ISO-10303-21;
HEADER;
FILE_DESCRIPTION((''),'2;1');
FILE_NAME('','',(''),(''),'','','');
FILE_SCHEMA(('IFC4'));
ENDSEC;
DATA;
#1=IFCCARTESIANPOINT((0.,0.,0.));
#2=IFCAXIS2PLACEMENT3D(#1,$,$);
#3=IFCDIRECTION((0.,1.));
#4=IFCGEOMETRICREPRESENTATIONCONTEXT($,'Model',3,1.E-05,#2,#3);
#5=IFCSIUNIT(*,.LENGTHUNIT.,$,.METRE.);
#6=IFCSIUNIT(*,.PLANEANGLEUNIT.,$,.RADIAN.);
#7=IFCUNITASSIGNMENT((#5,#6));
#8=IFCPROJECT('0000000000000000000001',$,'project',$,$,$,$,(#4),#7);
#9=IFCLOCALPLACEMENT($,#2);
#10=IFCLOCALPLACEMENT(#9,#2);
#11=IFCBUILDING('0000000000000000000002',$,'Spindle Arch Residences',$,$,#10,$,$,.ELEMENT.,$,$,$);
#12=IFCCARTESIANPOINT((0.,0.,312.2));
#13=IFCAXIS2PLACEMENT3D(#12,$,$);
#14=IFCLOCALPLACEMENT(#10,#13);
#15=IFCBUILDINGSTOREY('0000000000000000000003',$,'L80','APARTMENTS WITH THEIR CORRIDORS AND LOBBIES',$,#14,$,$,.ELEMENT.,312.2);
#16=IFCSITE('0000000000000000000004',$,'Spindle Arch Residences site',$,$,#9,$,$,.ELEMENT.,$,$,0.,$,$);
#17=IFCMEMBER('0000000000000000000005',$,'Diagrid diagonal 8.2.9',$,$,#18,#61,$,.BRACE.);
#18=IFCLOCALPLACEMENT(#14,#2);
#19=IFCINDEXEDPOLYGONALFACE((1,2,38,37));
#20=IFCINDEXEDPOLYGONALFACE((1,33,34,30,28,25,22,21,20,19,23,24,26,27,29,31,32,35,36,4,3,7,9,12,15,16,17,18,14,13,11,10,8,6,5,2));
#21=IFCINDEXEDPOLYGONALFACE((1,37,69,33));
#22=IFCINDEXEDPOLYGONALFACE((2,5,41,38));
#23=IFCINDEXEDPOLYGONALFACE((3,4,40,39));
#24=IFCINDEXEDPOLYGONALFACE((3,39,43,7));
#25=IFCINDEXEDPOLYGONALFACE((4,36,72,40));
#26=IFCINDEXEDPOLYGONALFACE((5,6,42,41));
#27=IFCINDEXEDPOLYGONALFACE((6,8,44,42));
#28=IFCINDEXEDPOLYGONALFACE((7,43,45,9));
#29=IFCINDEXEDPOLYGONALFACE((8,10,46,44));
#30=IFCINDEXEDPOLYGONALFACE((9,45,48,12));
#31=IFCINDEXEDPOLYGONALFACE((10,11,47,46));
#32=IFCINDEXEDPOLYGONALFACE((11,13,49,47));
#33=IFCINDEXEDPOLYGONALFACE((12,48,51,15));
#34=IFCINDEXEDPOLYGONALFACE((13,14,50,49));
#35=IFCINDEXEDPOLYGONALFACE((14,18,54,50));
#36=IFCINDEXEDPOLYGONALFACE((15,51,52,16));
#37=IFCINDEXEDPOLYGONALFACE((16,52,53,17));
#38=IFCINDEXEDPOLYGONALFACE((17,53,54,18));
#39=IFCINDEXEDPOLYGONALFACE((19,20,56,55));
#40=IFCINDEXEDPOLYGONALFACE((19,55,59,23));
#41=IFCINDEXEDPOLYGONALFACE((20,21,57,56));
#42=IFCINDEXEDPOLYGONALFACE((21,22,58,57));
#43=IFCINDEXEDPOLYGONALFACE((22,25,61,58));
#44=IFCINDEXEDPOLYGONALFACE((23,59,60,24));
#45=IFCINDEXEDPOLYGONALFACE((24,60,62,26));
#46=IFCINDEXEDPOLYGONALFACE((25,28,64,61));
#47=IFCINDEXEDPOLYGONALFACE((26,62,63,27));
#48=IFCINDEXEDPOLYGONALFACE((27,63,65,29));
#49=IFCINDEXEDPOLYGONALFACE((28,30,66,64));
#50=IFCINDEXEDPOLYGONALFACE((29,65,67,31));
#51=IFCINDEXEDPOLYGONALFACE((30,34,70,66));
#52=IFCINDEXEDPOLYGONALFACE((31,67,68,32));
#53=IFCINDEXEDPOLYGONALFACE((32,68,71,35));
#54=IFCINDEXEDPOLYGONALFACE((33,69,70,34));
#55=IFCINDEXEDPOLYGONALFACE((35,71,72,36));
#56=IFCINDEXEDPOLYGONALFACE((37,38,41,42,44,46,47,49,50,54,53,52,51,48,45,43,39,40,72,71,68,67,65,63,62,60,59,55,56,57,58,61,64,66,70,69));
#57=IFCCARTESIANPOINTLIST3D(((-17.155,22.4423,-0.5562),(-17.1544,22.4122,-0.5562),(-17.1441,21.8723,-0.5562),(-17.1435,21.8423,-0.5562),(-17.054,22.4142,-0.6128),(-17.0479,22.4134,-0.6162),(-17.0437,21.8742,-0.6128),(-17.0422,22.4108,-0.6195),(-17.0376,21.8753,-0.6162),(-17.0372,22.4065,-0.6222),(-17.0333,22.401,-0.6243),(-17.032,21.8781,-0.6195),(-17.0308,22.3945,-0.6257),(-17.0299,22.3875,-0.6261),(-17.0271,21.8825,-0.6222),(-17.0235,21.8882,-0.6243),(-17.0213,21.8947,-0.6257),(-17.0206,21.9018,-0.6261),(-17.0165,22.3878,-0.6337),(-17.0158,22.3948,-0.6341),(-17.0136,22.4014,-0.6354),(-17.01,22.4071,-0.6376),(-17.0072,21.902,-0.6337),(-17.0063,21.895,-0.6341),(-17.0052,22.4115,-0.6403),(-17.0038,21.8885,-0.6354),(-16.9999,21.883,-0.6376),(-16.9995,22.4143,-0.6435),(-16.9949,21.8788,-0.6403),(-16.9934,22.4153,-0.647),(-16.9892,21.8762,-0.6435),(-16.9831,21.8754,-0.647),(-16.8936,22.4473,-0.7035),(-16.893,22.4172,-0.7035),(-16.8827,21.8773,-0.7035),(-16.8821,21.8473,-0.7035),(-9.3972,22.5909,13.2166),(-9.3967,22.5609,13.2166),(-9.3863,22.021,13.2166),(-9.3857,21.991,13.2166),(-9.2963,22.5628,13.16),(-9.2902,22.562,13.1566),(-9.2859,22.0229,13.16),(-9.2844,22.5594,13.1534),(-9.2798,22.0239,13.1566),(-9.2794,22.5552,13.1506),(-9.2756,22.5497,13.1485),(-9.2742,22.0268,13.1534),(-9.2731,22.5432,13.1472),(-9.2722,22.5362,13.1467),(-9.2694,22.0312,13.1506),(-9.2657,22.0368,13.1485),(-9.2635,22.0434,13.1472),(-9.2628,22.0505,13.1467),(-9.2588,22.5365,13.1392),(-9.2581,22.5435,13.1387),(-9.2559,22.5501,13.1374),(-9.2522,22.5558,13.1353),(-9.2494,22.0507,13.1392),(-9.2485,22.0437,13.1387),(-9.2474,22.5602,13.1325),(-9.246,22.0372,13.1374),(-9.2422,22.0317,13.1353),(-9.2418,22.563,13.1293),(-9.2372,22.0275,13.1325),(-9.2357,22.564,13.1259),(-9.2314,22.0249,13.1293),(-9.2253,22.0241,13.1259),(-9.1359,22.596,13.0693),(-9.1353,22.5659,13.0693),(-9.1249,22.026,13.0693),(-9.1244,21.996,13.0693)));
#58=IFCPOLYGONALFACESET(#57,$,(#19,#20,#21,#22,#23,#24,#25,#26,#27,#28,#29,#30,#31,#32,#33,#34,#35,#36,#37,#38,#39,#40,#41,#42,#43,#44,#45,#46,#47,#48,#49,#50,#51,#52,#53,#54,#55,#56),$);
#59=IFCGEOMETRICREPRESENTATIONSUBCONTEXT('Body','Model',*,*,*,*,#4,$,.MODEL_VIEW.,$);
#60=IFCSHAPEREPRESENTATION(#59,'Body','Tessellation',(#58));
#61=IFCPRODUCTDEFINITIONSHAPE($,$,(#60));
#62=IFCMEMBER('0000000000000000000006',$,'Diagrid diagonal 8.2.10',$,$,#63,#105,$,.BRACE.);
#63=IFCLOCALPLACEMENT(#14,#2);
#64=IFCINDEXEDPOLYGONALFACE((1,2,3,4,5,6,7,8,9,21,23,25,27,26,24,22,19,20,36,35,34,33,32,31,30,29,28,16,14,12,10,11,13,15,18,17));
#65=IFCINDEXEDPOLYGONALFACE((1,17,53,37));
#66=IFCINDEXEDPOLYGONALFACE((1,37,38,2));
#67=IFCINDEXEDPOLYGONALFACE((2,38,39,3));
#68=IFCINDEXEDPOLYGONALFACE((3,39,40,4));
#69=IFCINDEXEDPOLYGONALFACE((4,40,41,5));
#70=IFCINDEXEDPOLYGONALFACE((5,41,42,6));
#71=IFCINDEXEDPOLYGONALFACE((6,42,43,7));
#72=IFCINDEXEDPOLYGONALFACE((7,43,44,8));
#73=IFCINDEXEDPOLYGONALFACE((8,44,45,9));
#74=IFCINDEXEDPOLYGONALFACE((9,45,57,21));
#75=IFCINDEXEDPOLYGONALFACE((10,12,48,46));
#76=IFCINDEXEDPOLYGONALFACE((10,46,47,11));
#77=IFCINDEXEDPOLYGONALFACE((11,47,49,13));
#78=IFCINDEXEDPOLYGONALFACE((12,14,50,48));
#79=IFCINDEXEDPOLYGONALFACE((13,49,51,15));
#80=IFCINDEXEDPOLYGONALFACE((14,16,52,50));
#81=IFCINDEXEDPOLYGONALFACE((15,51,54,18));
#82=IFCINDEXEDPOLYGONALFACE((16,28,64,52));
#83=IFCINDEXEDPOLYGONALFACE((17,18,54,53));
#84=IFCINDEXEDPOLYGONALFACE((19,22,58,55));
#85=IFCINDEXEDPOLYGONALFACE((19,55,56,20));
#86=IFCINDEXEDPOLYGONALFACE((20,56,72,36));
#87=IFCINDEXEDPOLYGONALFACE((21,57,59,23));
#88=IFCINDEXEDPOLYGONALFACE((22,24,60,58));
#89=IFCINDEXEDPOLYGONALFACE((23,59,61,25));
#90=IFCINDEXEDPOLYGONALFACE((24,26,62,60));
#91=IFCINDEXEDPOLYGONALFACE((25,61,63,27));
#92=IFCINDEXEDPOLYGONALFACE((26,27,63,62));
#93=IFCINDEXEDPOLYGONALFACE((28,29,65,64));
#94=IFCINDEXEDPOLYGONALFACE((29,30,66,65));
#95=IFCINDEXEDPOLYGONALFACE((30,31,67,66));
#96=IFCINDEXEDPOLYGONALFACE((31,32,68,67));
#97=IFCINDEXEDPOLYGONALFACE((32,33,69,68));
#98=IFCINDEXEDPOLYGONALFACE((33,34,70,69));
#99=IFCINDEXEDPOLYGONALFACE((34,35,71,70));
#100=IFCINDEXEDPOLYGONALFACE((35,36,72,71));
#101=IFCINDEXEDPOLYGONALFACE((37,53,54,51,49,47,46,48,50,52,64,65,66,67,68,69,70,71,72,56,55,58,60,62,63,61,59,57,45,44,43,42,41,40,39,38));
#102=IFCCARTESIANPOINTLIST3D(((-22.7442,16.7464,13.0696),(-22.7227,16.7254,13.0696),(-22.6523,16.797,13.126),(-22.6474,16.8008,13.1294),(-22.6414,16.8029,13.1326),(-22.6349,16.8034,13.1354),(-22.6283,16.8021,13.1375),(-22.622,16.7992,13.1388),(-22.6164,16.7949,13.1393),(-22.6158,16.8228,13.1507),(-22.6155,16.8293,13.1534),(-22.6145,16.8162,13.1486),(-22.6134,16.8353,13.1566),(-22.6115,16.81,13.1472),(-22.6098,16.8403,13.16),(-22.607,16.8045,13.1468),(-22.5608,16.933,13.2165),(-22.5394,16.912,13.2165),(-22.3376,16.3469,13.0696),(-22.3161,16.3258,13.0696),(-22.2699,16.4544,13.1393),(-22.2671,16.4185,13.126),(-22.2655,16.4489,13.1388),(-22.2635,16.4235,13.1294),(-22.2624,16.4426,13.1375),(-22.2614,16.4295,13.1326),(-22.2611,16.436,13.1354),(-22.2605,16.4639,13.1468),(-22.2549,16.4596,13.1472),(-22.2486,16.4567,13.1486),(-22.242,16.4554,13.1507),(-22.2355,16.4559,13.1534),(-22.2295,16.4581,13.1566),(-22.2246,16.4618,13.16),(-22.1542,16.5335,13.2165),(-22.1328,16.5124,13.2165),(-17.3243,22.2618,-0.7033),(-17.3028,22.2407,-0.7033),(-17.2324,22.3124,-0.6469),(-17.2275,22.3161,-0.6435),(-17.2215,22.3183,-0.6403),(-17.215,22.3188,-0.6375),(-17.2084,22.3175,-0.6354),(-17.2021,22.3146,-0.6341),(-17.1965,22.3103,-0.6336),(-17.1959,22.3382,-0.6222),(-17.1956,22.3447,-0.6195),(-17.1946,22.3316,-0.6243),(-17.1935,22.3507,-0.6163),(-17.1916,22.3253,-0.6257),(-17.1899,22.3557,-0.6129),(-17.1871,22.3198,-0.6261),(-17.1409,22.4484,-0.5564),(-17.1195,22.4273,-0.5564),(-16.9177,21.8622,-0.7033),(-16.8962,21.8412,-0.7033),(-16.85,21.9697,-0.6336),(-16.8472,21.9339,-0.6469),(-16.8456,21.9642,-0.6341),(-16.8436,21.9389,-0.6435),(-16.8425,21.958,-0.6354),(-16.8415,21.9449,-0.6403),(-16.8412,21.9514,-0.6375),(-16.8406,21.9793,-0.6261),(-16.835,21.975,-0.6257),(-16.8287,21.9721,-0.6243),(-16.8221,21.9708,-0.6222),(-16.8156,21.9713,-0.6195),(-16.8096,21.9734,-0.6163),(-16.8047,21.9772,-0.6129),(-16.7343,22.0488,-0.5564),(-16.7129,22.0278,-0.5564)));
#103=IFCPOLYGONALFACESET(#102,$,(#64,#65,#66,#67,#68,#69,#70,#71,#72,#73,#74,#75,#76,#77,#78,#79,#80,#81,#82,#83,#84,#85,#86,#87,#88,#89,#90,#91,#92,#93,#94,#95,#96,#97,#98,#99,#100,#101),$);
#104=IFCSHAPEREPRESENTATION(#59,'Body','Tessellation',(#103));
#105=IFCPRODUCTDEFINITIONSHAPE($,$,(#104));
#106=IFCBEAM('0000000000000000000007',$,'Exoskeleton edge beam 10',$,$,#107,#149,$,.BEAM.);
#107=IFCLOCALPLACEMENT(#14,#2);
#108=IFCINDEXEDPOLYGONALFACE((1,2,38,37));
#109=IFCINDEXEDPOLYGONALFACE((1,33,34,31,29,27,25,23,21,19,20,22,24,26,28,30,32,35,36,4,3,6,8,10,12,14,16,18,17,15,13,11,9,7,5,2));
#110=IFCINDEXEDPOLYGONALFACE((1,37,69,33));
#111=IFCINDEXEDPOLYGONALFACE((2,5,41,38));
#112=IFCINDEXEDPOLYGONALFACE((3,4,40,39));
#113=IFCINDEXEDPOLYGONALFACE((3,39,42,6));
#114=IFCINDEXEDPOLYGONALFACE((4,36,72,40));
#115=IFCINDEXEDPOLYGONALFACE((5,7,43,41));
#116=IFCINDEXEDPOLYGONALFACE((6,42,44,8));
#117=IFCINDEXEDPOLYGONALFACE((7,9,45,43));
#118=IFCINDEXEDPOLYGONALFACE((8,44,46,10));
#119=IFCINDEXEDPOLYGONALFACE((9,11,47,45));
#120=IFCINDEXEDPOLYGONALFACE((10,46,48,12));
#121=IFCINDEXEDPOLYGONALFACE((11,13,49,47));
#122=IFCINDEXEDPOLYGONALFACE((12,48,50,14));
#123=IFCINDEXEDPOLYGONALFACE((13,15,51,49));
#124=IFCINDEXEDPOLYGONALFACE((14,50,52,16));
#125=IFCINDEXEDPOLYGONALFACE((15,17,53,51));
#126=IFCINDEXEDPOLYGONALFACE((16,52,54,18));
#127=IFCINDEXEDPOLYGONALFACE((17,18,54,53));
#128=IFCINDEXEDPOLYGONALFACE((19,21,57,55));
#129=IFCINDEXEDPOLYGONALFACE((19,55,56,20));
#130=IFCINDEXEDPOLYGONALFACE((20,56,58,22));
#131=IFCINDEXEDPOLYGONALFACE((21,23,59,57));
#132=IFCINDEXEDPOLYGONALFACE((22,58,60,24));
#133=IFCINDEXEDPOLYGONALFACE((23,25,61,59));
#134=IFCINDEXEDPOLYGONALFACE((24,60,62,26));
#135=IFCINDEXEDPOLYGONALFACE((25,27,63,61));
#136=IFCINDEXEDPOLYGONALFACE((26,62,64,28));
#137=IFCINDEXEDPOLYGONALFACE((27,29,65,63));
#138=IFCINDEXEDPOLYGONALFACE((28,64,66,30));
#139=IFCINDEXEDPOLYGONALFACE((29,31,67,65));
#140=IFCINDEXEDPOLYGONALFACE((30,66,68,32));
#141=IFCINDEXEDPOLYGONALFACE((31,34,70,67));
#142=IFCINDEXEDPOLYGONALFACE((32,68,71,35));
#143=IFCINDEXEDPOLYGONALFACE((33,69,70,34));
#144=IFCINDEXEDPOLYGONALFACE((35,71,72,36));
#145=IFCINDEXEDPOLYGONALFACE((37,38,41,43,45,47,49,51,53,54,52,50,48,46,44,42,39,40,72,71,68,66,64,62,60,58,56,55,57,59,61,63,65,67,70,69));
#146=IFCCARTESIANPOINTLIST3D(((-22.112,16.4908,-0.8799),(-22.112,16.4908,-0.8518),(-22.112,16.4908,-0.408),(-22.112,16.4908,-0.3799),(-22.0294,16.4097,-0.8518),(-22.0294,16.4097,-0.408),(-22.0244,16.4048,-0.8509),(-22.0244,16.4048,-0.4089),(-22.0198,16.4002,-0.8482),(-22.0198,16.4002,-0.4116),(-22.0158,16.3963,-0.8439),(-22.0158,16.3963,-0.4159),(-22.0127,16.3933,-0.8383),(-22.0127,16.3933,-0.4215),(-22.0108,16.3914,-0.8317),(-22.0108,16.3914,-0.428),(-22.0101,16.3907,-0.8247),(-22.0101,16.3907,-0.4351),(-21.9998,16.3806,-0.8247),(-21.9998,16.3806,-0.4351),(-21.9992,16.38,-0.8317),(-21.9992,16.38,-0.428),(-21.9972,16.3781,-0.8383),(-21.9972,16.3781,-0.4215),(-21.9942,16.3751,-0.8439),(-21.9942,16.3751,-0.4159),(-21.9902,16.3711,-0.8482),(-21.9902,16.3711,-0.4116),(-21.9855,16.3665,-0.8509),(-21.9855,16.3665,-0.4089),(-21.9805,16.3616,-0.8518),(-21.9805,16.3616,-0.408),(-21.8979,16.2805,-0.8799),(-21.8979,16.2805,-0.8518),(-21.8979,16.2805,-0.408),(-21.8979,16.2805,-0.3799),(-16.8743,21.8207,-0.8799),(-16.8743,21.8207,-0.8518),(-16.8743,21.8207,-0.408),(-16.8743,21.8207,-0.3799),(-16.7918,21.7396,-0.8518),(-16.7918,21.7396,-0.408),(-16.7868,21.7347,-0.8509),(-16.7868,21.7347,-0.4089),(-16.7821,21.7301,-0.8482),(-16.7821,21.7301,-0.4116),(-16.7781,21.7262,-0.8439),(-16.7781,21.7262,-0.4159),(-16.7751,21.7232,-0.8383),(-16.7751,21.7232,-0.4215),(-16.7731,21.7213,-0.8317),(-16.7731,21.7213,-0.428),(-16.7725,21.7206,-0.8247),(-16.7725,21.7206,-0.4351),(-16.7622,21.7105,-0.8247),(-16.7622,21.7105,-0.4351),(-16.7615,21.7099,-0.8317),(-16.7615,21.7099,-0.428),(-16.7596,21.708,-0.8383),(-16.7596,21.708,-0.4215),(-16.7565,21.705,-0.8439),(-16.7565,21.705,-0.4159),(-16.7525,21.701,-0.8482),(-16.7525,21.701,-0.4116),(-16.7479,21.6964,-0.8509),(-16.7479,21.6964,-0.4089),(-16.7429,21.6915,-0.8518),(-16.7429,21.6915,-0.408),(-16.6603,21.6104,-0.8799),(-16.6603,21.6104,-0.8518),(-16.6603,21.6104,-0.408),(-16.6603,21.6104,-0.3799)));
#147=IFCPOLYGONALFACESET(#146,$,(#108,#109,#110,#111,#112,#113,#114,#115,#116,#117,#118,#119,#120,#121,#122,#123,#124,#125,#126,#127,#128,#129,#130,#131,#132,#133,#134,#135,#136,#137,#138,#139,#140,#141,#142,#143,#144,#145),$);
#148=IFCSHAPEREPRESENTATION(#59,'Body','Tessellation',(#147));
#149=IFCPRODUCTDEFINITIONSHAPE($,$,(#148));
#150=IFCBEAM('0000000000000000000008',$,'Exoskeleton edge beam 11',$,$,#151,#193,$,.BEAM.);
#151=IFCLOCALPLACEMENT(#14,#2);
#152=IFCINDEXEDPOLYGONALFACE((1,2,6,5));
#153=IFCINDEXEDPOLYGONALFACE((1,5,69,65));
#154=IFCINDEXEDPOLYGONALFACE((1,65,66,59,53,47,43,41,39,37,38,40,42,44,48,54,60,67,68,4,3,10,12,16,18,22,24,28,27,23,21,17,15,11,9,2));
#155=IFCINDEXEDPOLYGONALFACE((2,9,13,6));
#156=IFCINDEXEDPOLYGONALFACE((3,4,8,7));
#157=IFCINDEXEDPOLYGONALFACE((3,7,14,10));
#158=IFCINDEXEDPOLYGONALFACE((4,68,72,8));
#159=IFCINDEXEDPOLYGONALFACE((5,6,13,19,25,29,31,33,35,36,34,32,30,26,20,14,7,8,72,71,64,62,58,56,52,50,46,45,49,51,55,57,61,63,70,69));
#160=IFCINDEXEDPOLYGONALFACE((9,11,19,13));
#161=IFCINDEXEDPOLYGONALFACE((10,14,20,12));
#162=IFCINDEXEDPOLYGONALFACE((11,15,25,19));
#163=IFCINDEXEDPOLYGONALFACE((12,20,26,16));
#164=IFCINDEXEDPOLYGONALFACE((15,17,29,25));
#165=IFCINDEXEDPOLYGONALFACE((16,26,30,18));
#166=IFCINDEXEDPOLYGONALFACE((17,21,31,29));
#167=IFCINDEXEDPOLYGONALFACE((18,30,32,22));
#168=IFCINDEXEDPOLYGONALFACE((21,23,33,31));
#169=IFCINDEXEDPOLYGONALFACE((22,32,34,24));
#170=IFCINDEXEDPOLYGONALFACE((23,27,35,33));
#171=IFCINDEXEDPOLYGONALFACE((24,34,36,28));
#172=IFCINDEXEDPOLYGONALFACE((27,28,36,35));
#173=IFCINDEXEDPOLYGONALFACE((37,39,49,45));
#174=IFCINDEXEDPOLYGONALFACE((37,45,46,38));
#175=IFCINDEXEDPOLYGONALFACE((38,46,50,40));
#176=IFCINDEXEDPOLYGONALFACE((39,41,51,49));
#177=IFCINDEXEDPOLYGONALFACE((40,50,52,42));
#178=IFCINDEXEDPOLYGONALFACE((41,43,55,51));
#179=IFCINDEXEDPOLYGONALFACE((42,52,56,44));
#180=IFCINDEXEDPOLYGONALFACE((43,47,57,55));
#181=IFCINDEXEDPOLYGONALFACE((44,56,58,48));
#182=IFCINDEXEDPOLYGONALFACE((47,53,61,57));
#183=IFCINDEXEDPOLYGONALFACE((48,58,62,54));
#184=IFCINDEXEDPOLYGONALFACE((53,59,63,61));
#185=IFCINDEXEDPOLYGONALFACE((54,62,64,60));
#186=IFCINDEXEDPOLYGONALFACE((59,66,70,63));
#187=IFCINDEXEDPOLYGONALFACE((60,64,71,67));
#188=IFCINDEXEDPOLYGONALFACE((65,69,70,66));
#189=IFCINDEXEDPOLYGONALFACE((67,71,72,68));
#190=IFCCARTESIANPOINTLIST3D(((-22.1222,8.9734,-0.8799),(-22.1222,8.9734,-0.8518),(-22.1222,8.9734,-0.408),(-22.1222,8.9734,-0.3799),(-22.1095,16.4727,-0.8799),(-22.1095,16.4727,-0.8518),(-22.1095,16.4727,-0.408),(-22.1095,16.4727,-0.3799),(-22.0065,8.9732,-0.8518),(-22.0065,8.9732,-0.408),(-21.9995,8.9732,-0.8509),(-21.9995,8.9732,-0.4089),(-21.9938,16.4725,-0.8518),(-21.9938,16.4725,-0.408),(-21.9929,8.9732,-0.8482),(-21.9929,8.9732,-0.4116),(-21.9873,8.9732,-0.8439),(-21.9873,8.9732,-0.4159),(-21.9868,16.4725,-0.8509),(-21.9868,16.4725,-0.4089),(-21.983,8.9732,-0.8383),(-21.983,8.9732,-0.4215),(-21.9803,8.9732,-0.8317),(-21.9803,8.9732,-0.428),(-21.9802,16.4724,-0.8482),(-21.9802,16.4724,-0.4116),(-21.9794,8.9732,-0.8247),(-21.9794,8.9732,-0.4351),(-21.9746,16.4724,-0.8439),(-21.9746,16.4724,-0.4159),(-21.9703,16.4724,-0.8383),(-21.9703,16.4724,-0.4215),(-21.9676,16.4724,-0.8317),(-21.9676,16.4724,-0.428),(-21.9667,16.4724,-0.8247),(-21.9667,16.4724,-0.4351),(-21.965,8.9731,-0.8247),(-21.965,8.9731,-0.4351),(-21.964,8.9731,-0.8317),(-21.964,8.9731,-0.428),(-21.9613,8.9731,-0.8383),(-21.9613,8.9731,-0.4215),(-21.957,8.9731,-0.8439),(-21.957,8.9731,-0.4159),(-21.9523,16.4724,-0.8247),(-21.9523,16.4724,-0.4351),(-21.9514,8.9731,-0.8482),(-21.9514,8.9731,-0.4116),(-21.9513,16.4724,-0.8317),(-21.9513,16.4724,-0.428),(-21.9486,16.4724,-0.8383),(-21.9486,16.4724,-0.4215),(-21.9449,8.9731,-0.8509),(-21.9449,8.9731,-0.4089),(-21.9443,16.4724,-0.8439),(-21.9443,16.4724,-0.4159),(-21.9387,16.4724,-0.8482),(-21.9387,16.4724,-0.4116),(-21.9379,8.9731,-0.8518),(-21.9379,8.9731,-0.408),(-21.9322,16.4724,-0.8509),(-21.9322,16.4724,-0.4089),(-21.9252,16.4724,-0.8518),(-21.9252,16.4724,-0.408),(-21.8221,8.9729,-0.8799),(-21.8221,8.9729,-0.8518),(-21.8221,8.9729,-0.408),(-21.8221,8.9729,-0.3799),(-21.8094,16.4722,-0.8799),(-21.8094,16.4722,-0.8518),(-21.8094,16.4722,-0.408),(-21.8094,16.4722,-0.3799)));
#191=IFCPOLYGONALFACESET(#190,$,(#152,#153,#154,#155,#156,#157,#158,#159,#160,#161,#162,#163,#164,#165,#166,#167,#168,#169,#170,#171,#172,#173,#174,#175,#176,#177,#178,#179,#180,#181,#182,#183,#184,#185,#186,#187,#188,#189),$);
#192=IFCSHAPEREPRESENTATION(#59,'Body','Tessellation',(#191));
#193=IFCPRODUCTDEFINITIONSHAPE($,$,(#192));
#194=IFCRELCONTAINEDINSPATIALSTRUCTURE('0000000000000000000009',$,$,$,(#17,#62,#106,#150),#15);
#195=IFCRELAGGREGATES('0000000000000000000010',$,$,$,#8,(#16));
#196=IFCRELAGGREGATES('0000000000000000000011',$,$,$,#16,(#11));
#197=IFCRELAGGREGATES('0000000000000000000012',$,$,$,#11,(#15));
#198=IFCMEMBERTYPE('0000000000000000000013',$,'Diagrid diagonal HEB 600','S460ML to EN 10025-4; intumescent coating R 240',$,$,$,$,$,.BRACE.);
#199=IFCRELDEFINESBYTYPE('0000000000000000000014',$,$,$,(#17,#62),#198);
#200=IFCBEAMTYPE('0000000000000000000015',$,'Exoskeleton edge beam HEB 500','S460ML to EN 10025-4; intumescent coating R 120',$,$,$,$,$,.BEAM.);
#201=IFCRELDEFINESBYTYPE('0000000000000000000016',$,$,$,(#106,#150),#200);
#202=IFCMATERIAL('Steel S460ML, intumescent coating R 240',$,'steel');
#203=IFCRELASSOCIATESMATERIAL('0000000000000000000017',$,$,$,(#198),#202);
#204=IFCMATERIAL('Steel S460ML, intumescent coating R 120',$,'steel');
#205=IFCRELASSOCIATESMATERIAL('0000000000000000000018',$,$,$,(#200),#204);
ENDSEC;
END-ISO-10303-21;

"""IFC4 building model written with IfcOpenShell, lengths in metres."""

from ifc_helpers import new_model, si_unit, direction, frame, origin, origin_2d, place, context, subcontext, project, spatial, i_section, extrude, material, material_profile, profile_set, type_object, element, save


model = new_model("IFC4")

# Units and contexts
model_context = context("Model", 3, precision=1e-05, world=origin(), true_north=direction((0.0, 1.0)))
body_context = subcontext(model_context, "Body", "Model", "MODEL_VIEW")
ifc_project = project(units=[si_unit("LENGTHUNIT", "METRE"), si_unit("PLANEANGLEUNIT", "RADIAN")], contexts=[model_context])

# Site, building, storey
site_placement = place(None, origin())
site = spatial("IfcSite", under=ifc_project, at=site_placement, Name="Spindle Arch Residences site", CompositionType="ELEMENT", RefElevation=0.0)
building_placement = place(site_placement, origin())
building = spatial("IfcBuilding", under=site, at=building_placement, Name="Spindle Arch Residences", CompositionType="ELEMENT")
storey_placement = place(building_placement, frame((0.0, 0.0, 312.2)))
storey = spatial("IfcBuildingStorey", under=building, at=storey_placement, Name="L80", Description="APARTMENTS WITH THEIR CORRIDORS AND LOBBIES", CompositionType="ELEMENT", Elevation=312.2)

# Members
ifc_material_1 = material(Name="Steel S460ML, intumescent coating R 240", Category="steel")
ifc_material_profile_1 = material_profile(ifc_material_1, i_section(OverallWidth=0.3, OverallDepth=0.6001, WebThickness=0.0154, FlangeThickness=0.03, FilletRadius=0.0271, at=origin_2d()), Name="HEB 600")
ifc_profile_set_1 = profile_set([ifc_material_profile_1], Name="Steel S460ML, intumescent coating R 240")
member_type_1 = type_object("IfcMemberType", Name="Diagrid diagonal HEB 600", Description="S460ML to EN 10025-4; intumescent coating R 240", PredefinedType="BRACE", material=ifc_profile_set_1)
member_1_placement = place(storey_placement, frame((-17.0186, 22.1448, -0.6299), z_axis=(0.490745, 0.009405, 0.871252), x_axis=(-0.871092, -0.016695, 0.490836)))
element("IfcMember", 1, at=member_1_placement, inside=storey, type_object=member_type_1, Name="Diagrid diagonal 8.2.9", PredefinedType="BRACE", context=body_context, shape_type="SweptSolid", body=[
    extrude(i_section(OverallWidth=0.3, OverallDepth=0.6001, WebThickness=0.0154, FlangeThickness=0.03, FilletRadius=0.0271, at=origin_2d()), origin(), (0.0, 0.0, 1.0), 15.8081),
])
member_2_placement = place(storey_placement, frame((-17.0186, 22.1448, -0.6299), z_axis=(-0.343137, -0.34918, 0.871969), x_axis=(0.61117, 0.621934, 0.489561)))
element("IfcMember", 2, at=member_2_placement, inside=storey, type_object=member_type_1, Name="Diagrid diagonal 8.2.10", PredefinedType="BRACE", context=body_context, shape_type="SweptSolid", body=[
    extrude(i_section(OverallWidth=0.3, OverallDepth=0.6001, WebThickness=0.0154, FlangeThickness=0.03, FilletRadius=0.0271, at=origin_2d()), origin(), (0.0, 0.0, 1.0), 15.7952),
])

# Beams
ifc_material_2 = material(Name="Steel S460ML, intumescent coating R 120", Category="steel")
ifc_material_profile_2 = material_profile(ifc_material_2, i_section(OverallWidth=0.3, OverallDepth=0.5, WebThickness=0.0144, FlangeThickness=0.0281, FilletRadius=0.0271, at=origin_2d()), Name="HEB 500")
ifc_profile_set_2 = profile_set([ifc_material_profile_2], Name="Steel S460ML, intumescent coating R 120")
beam_type_1 = type_object("IfcBeamType", Name="Exoskeleton edge beam HEB 500", Description="S460ML to EN 10025-4; intumescent coating R 120", PredefinedType="BEAM", material=ifc_profile_set_2)
beam_1_placement = place(storey_placement, frame((-16.7673, 21.7156, -0.6299), z_axis=(-0.700905, -0.713255, 0.0), x_axis=(0.713255, -0.700905, 0.0)))
element("IfcBeam", 3, at=beam_1_placement, inside=storey, type_object=beam_type_1, Name="Exoskeleton edge beam 10", PredefinedType="BEAM", context=body_context, shape_type="SweptSolid", body=[
    extrude(i_section(OverallWidth=0.3, OverallDepth=0.5, WebThickness=0.0144, FlangeThickness=0.0281, FilletRadius=0.0271, at=origin_2d()), origin(), (0.0, 0.0, 1.0), 7.4727),
])
beam_2_placement = place(storey_placement, frame((-21.9595, 16.4724, -0.6299), z_axis=(-0.001693, -0.999999, 0.0), x_axis=(0.999999, -0.001693, 0.0)))
element("IfcBeam", 4, at=beam_2_placement, inside=storey, type_object=beam_type_1, Name="Exoskeleton edge beam 11", PredefinedType="BEAM", context=body_context, shape_type="SweptSolid", body=[
    extrude(i_section(OverallWidth=0.3, OverallDepth=0.5, WebThickness=0.0144, FlangeThickness=0.0281, FilletRadius=0.0271, at=origin_2d()), origin(), (0.0, 0.0, 1.0), 7.4993),
])

save(model, "model.ifc")
